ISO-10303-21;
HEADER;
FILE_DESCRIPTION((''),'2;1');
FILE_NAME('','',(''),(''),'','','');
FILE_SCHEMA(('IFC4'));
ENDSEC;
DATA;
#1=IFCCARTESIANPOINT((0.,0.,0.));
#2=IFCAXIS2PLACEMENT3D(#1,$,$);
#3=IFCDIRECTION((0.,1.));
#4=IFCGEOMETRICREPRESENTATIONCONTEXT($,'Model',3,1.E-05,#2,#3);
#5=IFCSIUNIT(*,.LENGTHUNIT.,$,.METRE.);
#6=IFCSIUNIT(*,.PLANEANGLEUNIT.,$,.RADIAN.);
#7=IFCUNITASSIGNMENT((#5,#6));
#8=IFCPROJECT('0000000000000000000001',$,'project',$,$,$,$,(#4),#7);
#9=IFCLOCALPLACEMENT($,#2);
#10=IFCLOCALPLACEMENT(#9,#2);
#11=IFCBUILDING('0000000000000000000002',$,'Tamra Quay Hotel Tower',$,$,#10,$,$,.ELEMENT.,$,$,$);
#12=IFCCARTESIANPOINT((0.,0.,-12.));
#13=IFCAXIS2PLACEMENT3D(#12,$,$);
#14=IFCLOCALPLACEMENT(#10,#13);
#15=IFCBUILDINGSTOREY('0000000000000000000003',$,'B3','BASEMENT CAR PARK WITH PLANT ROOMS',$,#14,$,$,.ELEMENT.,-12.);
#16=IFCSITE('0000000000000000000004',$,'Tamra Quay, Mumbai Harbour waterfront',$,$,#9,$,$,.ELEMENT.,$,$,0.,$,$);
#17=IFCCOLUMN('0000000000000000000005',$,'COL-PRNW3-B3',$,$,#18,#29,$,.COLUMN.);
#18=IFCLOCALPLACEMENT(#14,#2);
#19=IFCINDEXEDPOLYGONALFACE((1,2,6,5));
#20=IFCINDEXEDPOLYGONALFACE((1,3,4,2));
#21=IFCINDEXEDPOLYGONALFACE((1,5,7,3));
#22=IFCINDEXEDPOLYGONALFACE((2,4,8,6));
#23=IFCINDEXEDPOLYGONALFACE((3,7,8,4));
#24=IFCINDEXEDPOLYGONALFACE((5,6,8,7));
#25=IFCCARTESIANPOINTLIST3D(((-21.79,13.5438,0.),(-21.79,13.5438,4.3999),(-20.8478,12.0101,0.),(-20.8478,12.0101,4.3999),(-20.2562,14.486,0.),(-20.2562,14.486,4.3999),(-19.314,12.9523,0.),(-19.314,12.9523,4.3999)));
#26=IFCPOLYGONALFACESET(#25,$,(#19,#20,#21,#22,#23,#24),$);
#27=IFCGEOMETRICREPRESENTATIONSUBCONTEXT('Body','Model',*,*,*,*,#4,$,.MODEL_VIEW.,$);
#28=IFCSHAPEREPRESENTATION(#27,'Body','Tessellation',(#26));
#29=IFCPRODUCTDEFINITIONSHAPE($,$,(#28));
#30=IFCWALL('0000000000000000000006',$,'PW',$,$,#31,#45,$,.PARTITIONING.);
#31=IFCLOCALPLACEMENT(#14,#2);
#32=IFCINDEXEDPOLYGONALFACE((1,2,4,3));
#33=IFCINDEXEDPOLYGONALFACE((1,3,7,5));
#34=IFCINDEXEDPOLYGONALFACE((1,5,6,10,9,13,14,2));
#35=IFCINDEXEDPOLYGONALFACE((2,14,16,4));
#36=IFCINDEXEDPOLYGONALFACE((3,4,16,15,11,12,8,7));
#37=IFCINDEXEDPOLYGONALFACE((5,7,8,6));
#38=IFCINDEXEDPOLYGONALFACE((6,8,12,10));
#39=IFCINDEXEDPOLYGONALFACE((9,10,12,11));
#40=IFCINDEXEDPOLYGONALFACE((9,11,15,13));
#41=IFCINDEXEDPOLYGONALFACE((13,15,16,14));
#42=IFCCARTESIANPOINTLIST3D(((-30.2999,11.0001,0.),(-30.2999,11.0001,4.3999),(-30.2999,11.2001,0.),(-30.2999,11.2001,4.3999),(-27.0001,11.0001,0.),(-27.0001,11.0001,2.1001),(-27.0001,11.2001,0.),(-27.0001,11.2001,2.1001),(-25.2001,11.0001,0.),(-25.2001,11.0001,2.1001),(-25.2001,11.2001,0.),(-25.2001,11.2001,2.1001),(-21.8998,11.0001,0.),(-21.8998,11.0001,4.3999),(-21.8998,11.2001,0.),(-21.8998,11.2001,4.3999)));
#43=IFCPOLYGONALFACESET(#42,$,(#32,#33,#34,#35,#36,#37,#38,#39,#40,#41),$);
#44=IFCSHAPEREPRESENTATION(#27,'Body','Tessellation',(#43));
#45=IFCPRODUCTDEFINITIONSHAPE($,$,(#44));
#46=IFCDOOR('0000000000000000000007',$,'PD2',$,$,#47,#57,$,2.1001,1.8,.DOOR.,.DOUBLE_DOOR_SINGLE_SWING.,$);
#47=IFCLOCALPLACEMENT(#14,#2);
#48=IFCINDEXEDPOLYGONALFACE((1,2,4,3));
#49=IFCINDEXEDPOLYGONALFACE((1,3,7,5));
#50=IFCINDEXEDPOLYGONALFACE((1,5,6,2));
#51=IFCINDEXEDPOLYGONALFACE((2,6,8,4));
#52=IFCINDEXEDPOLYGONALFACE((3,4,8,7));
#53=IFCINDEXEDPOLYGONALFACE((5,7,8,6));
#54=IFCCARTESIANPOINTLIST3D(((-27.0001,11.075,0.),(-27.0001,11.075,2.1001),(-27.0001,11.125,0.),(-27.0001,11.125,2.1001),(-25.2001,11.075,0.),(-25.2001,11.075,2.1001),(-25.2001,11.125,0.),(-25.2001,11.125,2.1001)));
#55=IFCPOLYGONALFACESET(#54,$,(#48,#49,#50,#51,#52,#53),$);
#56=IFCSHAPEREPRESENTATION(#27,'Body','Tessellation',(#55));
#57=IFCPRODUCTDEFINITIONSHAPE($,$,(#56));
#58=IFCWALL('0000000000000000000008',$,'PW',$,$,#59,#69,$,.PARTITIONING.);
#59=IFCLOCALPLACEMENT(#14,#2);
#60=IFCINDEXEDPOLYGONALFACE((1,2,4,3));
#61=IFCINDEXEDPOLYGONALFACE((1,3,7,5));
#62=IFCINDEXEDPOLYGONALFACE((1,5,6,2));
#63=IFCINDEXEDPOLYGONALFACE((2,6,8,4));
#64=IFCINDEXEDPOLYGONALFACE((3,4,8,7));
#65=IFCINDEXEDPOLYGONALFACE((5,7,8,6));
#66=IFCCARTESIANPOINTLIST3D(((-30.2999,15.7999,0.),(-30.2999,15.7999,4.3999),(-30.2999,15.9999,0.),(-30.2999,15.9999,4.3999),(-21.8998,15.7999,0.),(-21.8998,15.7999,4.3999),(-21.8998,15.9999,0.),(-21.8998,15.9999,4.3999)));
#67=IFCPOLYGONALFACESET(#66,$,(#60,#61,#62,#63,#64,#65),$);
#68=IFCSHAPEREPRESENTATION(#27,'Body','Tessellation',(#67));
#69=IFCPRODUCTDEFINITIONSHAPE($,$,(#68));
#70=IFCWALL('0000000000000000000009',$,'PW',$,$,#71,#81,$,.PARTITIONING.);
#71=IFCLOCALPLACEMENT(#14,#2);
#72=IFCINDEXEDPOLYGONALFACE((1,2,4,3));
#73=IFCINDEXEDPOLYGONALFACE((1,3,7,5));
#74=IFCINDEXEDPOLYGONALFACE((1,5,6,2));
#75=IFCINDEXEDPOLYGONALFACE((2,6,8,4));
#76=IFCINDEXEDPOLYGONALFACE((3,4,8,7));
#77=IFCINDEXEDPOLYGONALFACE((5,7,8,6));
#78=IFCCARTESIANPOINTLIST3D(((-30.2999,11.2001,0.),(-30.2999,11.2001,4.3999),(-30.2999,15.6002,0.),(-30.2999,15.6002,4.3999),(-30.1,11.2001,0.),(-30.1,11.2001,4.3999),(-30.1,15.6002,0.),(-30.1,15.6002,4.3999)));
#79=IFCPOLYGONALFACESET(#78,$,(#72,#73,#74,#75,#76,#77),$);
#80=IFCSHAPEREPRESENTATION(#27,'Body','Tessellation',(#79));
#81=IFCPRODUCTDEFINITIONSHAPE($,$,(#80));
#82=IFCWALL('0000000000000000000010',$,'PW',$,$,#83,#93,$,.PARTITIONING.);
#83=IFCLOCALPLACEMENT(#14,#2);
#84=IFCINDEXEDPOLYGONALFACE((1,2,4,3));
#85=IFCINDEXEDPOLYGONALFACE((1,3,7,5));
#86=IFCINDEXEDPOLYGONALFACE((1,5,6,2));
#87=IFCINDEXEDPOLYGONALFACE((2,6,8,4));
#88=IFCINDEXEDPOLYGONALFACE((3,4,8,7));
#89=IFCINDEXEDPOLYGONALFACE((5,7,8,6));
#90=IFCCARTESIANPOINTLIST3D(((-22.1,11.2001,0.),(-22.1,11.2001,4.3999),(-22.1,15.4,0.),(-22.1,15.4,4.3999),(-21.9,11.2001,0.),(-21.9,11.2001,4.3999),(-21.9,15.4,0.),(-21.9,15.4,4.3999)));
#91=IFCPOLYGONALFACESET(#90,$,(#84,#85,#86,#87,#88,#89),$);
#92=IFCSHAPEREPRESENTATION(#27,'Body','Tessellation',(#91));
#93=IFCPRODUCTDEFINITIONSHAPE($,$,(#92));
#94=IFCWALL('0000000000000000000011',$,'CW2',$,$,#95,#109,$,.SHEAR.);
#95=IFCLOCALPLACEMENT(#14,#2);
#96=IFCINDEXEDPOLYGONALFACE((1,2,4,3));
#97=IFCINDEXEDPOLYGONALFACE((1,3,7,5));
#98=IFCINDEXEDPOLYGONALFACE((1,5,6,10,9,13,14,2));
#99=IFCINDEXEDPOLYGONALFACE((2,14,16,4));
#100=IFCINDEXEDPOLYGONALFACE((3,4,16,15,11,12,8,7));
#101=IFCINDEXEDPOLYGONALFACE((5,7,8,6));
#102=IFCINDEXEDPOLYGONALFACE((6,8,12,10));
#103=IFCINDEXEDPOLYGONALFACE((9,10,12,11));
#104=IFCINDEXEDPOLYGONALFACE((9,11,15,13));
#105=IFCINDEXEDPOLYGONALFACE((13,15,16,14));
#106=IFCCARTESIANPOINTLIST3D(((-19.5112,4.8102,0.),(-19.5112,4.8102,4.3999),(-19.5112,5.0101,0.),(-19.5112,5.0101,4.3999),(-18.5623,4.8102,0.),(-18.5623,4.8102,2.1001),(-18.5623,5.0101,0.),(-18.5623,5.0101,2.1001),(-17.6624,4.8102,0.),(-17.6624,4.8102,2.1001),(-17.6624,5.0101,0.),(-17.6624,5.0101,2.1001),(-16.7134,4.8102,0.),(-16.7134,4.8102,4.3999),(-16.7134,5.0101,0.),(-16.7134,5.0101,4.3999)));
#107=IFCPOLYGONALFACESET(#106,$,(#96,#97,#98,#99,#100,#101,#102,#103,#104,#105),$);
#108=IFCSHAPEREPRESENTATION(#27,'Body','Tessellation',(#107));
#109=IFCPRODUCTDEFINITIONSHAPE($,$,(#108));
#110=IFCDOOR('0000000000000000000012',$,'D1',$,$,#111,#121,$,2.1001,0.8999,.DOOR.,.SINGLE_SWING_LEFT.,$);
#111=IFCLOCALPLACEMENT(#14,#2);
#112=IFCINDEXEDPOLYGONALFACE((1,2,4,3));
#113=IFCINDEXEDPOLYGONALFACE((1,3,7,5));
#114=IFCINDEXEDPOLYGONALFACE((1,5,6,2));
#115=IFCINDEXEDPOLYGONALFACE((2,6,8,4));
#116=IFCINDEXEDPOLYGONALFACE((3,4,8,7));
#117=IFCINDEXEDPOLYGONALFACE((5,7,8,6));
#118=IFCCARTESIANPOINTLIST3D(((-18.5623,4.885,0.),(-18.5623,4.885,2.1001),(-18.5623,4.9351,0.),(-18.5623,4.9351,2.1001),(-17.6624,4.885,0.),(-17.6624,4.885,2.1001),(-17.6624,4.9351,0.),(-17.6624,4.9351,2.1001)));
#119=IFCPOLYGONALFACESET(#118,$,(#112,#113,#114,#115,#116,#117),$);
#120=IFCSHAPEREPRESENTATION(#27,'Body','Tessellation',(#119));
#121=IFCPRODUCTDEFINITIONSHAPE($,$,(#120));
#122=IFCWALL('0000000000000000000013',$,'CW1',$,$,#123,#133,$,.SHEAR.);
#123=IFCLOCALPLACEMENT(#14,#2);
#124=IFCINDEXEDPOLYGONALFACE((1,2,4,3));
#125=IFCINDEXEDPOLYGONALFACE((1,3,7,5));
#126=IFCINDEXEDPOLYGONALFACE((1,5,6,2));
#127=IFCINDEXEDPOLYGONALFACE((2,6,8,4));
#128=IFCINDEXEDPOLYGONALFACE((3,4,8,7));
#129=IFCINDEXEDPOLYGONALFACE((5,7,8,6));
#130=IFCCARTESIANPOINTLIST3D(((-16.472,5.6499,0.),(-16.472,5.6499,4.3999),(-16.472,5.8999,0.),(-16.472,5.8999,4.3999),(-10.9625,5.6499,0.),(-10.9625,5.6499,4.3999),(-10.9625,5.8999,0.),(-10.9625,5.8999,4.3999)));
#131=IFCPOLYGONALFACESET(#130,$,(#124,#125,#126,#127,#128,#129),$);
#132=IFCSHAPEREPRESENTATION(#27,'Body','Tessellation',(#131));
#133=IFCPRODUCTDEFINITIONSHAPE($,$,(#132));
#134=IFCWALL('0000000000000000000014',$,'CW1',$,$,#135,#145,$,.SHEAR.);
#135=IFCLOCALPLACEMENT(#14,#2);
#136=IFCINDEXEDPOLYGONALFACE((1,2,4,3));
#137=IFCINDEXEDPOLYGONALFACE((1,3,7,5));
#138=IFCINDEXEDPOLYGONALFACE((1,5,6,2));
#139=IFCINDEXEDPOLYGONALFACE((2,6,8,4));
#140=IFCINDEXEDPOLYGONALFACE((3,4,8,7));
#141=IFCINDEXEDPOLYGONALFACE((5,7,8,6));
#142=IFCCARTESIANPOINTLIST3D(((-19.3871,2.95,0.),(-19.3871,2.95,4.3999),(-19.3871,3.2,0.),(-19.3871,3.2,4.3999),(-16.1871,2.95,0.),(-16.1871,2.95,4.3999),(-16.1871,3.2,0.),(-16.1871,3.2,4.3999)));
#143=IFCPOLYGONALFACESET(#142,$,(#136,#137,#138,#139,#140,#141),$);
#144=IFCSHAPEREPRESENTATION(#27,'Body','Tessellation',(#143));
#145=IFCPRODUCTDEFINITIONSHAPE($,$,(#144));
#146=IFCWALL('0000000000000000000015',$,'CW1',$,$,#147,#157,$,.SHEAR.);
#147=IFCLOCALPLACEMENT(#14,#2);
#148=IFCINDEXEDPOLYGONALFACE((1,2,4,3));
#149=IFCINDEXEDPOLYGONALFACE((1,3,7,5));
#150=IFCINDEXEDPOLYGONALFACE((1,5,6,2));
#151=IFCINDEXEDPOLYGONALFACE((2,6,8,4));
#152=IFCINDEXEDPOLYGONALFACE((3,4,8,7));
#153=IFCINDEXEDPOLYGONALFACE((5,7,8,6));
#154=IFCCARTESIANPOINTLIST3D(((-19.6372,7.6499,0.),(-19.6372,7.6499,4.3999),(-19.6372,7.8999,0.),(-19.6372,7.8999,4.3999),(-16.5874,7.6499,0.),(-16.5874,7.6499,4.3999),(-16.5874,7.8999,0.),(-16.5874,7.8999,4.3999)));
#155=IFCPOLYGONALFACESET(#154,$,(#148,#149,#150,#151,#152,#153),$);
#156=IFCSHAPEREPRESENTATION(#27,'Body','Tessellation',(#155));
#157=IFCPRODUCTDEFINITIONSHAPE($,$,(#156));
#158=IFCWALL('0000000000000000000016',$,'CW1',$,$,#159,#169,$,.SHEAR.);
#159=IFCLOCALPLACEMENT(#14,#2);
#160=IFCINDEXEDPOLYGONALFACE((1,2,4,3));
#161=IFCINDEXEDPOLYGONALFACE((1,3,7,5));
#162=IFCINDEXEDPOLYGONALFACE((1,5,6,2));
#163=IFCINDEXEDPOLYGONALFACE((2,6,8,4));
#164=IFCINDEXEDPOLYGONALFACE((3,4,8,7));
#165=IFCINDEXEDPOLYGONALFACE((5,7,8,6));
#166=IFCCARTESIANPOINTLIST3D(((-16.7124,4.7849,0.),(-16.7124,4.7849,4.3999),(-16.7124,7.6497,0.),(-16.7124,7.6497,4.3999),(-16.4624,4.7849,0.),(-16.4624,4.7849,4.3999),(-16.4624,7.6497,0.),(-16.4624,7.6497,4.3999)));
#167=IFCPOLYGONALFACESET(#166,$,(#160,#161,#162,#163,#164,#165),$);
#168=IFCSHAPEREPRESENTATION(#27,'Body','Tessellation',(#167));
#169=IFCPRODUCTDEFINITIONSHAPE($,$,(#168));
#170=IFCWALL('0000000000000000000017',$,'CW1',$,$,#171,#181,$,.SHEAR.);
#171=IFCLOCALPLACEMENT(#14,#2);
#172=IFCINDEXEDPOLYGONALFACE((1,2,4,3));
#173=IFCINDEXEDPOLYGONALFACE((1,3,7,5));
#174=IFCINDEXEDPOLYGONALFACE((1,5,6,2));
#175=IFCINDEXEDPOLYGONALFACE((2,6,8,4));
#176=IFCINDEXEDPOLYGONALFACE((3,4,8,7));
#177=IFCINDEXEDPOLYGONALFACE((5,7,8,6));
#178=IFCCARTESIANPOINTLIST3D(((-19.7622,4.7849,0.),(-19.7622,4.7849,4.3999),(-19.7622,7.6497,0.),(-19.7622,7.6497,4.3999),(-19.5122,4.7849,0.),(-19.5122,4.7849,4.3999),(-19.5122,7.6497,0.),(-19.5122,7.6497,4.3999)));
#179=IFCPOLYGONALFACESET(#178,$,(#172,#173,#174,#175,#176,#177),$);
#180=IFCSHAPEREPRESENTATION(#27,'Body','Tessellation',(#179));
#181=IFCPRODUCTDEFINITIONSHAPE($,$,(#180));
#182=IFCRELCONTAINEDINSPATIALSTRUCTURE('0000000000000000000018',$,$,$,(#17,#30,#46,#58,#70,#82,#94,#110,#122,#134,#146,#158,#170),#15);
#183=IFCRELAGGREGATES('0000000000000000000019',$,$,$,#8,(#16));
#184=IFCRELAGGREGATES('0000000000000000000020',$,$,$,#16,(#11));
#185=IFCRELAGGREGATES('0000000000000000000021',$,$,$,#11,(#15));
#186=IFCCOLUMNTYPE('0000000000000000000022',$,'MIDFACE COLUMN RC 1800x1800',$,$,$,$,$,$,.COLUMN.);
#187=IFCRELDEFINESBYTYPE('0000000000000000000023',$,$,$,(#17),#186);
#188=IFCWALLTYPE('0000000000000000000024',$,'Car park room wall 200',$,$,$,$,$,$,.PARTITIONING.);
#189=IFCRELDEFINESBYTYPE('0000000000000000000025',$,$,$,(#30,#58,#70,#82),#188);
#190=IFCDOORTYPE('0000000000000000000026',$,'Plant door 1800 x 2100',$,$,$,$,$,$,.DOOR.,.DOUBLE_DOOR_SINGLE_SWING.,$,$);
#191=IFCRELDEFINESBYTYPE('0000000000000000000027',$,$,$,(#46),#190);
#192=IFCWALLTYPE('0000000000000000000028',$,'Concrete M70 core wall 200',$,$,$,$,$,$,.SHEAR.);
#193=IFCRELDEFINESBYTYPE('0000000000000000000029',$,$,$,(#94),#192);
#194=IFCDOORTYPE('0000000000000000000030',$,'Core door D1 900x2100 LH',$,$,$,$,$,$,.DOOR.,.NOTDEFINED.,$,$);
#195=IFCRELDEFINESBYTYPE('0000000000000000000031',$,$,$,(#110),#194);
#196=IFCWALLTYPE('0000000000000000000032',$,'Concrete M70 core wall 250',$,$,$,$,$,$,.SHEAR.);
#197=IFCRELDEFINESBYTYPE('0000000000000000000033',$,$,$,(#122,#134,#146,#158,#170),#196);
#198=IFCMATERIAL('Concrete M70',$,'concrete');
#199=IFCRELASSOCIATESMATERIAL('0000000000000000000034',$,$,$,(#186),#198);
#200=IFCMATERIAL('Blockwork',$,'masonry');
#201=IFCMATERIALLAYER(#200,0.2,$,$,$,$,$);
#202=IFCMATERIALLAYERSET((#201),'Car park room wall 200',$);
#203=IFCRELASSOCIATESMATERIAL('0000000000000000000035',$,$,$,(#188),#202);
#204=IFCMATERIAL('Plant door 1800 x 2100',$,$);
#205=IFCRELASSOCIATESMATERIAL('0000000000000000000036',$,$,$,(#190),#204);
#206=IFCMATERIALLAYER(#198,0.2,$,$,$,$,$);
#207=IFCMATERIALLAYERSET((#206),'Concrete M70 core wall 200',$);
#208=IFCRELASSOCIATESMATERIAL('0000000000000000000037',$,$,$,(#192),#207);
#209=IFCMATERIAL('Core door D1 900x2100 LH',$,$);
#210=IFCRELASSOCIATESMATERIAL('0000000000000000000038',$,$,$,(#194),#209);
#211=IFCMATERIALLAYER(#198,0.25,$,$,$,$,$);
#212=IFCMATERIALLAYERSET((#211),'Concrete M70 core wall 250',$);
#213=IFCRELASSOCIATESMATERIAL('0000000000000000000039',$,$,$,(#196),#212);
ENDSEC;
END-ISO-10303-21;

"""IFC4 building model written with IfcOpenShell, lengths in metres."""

from ifc_helpers import new_model, si_unit, direction, frame, frame_2d, origin, origin_2d, place, context, subcontext, project, spatial, rectangle, extrude, material, layer, layer_set, material_profile, profile_set, type_object, element, fill, save


model = new_model("IFC4")

# Units and contexts
model_context = context("Model", 3, precision=1e-05, world=origin(), true_north=direction((0.0, 1.0)))
body_context = subcontext(model_context, "Body", "Model", "MODEL_VIEW")
ifc_project = project(units=[si_unit("LENGTHUNIT", "METRE"), si_unit("PLANEANGLEUNIT", "RADIAN")], contexts=[model_context])

# Site, building, storey
site_placement = place(None, origin())
site = spatial("IfcSite", under=ifc_project, at=site_placement, Name="Tamra Quay, Mumbai Harbour waterfront", CompositionType="ELEMENT", RefElevation=0.0)
building_placement = place(site_placement, origin())
building = spatial("IfcBuilding", under=site, at=building_placement, Name="Tamra Quay Hotel Tower", CompositionType="ELEMENT")
storey_placement = place(building_placement, frame((0.0, 0.0, -12.0)))
storey = spatial("IfcBuildingStorey", under=building, at=storey_placement, Name="B3", Description="BASEMENT CAR PARK WITH PLANT ROOMS", CompositionType="ELEMENT", Elevation=-12.0)

# Column
ifc_material_1 = material(Name="Concrete M70", Category="concrete")
ifc_material_profile_1 = material_profile(ifc_material_1, rectangle(XDim=1.8, YDim=1.8, at=origin_2d()), Name="MIDFACE COLUMN RC 1800x1800")
ifc_profile_set_1 = profile_set([ifc_material_profile_1], Name="Concrete M70")
column_type_1 = type_object("IfcColumnType", Name="MIDFACE COLUMN RC 1800x1800", PredefinedType="COLUMN", material=ifc_profile_set_1)
column_1_placement = place(storey_placement, frame((-20.552, 13.248, 0.0), z_axis=(0.0, 0.0, 1.0), x_axis=(-0.52343, 0.852069, 0.0)))
element("IfcColumn", 1, at=column_1_placement, inside=storey, type_object=column_type_1, Name="COL-PRNW3-B3", PredefinedType="COLUMN", context=body_context, shape_type="SweptSolid", body=[
    extrude(rectangle(XDim=1.8, YDim=1.8, at=origin_2d()), origin(), (0.0, 0.0, 1.0), 4.3999),
])

# Wall, opening, door
ifc_material_2 = material(Name="Blockwork", Category="masonry")
ifc_layer_1 = layer(ifc_material_2, 0.2)
ifc_layer_set_1 = layer_set([ifc_layer_1], Name="Car park room wall 200")
wall_type_1 = type_object("IfcWallType", Name="Car park room wall 200", PredefinedType="PARTITIONING", material=ifc_layer_set_1)
wall_1_placement = place(storey_placement, frame((-30.3, 11.1001, 0.0), z_axis=(0.0, 0.0, 1.0), x_axis=(1.0, 0.0, 0.0)))
wall_1 = element("IfcWall", 2, at=wall_1_placement, inside=storey, type_object=wall_type_1, Name="PW", PredefinedType="PARTITIONING", context=body_context, shape_type="SweptSolid", body=[
    extrude(rectangle(XDim=8.4001, YDim=0.2, at=frame_2d((4.2002, 0.0))), origin(), (0.0, 0.0, 1.0), 4.3999),
])
opening_1_placement = place(wall_1_placement, frame((3.3, 0.0, 0.0)))
opening_1 = element("IfcOpeningElement", 3, at=opening_1_placement, cuts=wall_1, PredefinedType="OPENING", context=body_context, shape_type="SweptSolid", body=[
    extrude(rectangle(XDim=1.8, YDim=2.1001, at=frame_2d((0.8999, 1.05))), frame((0.0, 0.1099, 0.0), z_axis=(0.0, -1.0, 0.0), x_axis=(1.0, 0.0, 0.0)), (0.0, 0.0, 1.0), 0.22),
])
ifc_material_3 = material(Name="Plant door 1800 x 2100")
door_type_1 = type_object("IfcDoorType", Name="Plant door 1800 x 2100", OperationType="DOUBLE_DOOR_SINGLE_SWING", PredefinedType="DOOR", material=ifc_material_3)
door_1_placement = place(opening_1_placement, origin())
door_1 = element("IfcDoor", 4, at=door_1_placement, inside=storey, type_object=door_type_1, Name="PD2", OperationType="DOUBLE_DOOR_SINGLE_SWING", OverallHeight=2.1001, OverallWidth=1.8, PredefinedType="DOOR", context=body_context, shape_type="SweptSolid", body=[
    extrude(rectangle(XDim=1.8, YDim=2.1001, at=frame_2d((0.8999, 1.05))), frame((0.0, 0.0249, 0.0), z_axis=(0.0, -1.0, 0.0), x_axis=(1.0, 0.0, 0.0)), (0.0, 0.0, 1.0), 0.05),
])
fill(opening_1, door_1)

# Walls
wall_2_placement = place(storey_placement, frame((-30.3, 15.8999, 0.0), z_axis=(0.0, 0.0, 1.0), x_axis=(1.0, 0.0, 0.0)))
element("IfcWall", 5, at=wall_2_placement, inside=storey, type_object=wall_type_1, Name="PW", PredefinedType="PARTITIONING", context=body_context, shape_type="SweptSolid", body=[
    extrude(rectangle(XDim=8.4001, YDim=0.2, at=frame_2d((4.2002, 0.0))), origin(), (0.0, 0.0, 1.0), 4.3999),
])
wall_3_placement = place(storey_placement, frame((-30.2, 11.2, 0.0), z_axis=(0.0, 0.0, 1.0), x_axis=(0.0, 1.0, 0.0)))
element("IfcWall", 6, at=wall_3_placement, inside=storey, type_object=wall_type_1, Name="PW", PredefinedType="PARTITIONING", context=body_context, shape_type="SweptSolid", body=[
    extrude(rectangle(XDim=4.4001, YDim=0.2, at=frame_2d((2.2002, 0.0))), origin(), (0.0, 0.0, 1.0), 4.3999),
])
wall_4_placement = place(storey_placement, frame((-22.0, 11.2, 0.0), z_axis=(0.0, 0.0, 1.0), x_axis=(0.0, 1.0, 0.0)))
element("IfcWall", 7, at=wall_4_placement, inside=storey, type_object=wall_type_1, Name="PW", PredefinedType="PARTITIONING", context=body_context, shape_type="SweptSolid", body=[
    extrude(rectangle(XDim=4.2, YDim=0.2, at=frame_2d((2.1001, 0.0))), origin(), (0.0, 0.0, 1.0), 4.3999),
])

# Wall, opening, door
ifc_layer_2 = layer(ifc_material_1, 0.2)
ifc_layer_set_2 = layer_set([ifc_layer_2], Name="Concrete M70 core wall 200")
wall_type_2 = type_object("IfcWallType", Name="Concrete M70 core wall 200", PredefinedType="SHEAR", material=ifc_layer_set_2)
wall_5_placement = place(storey_placement, frame((-19.5112, 4.9102, 0.0), z_axis=(0.0, 0.0, 1.0), x_axis=(1.0, 0.0, 0.0)))
wall_5 = element("IfcWall", 8, at=wall_5_placement, inside=storey, type_object=wall_type_2, Name="CW2", PredefinedType="SHEAR", context=body_context, shape_type="SweptSolid", body=[
    extrude(rectangle(XDim=2.7979, YDim=0.2, at=frame_2d((1.3989, 0.0))), origin(), (0.0, 0.0, 1.0), 4.3999),
])
opening_2_placement = place(wall_5_placement, frame((0.949, 0.0, 0.0)))
opening_2 = element("IfcOpeningElement", 9, at=opening_2_placement, cuts=wall_5, PredefinedType="OPENING", context=body_context, shape_type="SweptSolid", body=[
    extrude(rectangle(XDim=0.8999, YDim=2.1001, at=frame_2d((0.45, 1.05))), frame((0.0, 0.1099, 0.0), z_axis=(0.0, -1.0, 0.0), x_axis=(1.0, 0.0, 0.0)), (0.0, 0.0, 1.0), 0.22),
])
ifc_material_4 = material(Name="Core door D1 900x2100 LH")
door_type_2 = type_object("IfcDoorType", Name="Core door D1 900x2100 LH", OperationType="NOTDEFINED", PredefinedType="DOOR", material=ifc_material_4)
door_2_placement = place(opening_2_placement, origin())
door_2 = element("IfcDoor", 10, at=door_2_placement, inside=storey, type_object=door_type_2, Name="D1", OperationType="SINGLE_SWING_LEFT", OverallHeight=2.1001, OverallWidth=0.8999, PredefinedType="DOOR", context=body_context, shape_type="SweptSolid", body=[
    extrude(rectangle(XDim=0.8999, YDim=2.1001, at=frame_2d((0.45, 1.05))), frame((0.0, 0.0249, 0.0), z_axis=(0.0, -1.0, 0.0), x_axis=(1.0, 0.0, 0.0)), (0.0, 0.0, 1.0), 0.05),
])
fill(opening_2, door_2)

# Walls
ifc_layer_3 = layer(ifc_material_1, 0.25)
ifc_layer_set_3 = layer_set([ifc_layer_3], Name="Concrete M70 core wall 250")
wall_type_3 = type_object("IfcWallType", Name="Concrete M70 core wall 250", PredefinedType="SHEAR", material=ifc_layer_set_3)
wall_6_placement = place(storey_placement, frame((-16.4722, 5.7749, 0.0), z_axis=(0.0, 0.0, 1.0), x_axis=(1.0, 0.0, 0.0)))
element("IfcWall", 11, at=wall_6_placement, inside=storey, type_object=wall_type_3, Name="CW1", PredefinedType="SHEAR", context=body_context, shape_type="SweptSolid", body=[
    extrude(rectangle(XDim=5.5095, YDim=0.25, at=frame_2d((2.7549, 0.0))), origin(), (0.0, 0.0, 1.0), 4.3999),
])
wall_7_placement = place(storey_placement, frame((-19.3872, 3.075, 0.0), z_axis=(0.0, 0.0, 1.0), x_axis=(1.0, 0.0, 0.0)))
element("IfcWall", 12, at=wall_7_placement, inside=storey, type_object=wall_type_3, Name="CW1", PredefinedType="SHEAR", context=body_context, shape_type="SweptSolid", body=[
    extrude(rectangle(XDim=3.2, YDim=0.25, at=frame_2d((1.6001, 0.0))), origin(), (0.0, 0.0, 1.0), 4.3999),
])
wall_8_placement = place(storey_placement, frame((-19.6372, 7.7749, 0.0), z_axis=(0.0, 0.0, 1.0), x_axis=(1.0, 0.0, 0.0)))
element("IfcWall", 13, at=wall_8_placement, inside=storey, type_object=wall_type_3, Name="CW1", PredefinedType="SHEAR", context=body_context, shape_type="SweptSolid", body=[
    extrude(rectangle(XDim=3.0498, YDim=0.25, at=frame_2d((1.5249, 0.0))), origin(), (0.0, 0.0, 1.0), 4.3999),
])
for number, where, z_axis, x_axis, name in (
    (14, (-16.5874, 7.6497, 0.0), (0.0, 0.0, 1.0), (0.0, -1.0, 0.0), "CW1"),
    (15, (-19.6372, 4.7849, 0.0), (0.0, 0.0, 1.0), (0.0, 1.0, 0.0), "CW1"),
):
    element("IfcWall", number, at=place(storey_placement, frame(where, z_axis=z_axis, x_axis=x_axis)), inside=storey, type_object=wall_type_3, Name=name, PredefinedType="SHEAR", context=body_context, shape_type="SweptSolid", body=[
        extrude(rectangle(XDim=2.8647, YDim=0.25, at=frame_2d((1.4324, 0.0))), origin(), (0.0, 0.0, 1.0), 4.3999),
    ])

save(model, "model.ifc")
